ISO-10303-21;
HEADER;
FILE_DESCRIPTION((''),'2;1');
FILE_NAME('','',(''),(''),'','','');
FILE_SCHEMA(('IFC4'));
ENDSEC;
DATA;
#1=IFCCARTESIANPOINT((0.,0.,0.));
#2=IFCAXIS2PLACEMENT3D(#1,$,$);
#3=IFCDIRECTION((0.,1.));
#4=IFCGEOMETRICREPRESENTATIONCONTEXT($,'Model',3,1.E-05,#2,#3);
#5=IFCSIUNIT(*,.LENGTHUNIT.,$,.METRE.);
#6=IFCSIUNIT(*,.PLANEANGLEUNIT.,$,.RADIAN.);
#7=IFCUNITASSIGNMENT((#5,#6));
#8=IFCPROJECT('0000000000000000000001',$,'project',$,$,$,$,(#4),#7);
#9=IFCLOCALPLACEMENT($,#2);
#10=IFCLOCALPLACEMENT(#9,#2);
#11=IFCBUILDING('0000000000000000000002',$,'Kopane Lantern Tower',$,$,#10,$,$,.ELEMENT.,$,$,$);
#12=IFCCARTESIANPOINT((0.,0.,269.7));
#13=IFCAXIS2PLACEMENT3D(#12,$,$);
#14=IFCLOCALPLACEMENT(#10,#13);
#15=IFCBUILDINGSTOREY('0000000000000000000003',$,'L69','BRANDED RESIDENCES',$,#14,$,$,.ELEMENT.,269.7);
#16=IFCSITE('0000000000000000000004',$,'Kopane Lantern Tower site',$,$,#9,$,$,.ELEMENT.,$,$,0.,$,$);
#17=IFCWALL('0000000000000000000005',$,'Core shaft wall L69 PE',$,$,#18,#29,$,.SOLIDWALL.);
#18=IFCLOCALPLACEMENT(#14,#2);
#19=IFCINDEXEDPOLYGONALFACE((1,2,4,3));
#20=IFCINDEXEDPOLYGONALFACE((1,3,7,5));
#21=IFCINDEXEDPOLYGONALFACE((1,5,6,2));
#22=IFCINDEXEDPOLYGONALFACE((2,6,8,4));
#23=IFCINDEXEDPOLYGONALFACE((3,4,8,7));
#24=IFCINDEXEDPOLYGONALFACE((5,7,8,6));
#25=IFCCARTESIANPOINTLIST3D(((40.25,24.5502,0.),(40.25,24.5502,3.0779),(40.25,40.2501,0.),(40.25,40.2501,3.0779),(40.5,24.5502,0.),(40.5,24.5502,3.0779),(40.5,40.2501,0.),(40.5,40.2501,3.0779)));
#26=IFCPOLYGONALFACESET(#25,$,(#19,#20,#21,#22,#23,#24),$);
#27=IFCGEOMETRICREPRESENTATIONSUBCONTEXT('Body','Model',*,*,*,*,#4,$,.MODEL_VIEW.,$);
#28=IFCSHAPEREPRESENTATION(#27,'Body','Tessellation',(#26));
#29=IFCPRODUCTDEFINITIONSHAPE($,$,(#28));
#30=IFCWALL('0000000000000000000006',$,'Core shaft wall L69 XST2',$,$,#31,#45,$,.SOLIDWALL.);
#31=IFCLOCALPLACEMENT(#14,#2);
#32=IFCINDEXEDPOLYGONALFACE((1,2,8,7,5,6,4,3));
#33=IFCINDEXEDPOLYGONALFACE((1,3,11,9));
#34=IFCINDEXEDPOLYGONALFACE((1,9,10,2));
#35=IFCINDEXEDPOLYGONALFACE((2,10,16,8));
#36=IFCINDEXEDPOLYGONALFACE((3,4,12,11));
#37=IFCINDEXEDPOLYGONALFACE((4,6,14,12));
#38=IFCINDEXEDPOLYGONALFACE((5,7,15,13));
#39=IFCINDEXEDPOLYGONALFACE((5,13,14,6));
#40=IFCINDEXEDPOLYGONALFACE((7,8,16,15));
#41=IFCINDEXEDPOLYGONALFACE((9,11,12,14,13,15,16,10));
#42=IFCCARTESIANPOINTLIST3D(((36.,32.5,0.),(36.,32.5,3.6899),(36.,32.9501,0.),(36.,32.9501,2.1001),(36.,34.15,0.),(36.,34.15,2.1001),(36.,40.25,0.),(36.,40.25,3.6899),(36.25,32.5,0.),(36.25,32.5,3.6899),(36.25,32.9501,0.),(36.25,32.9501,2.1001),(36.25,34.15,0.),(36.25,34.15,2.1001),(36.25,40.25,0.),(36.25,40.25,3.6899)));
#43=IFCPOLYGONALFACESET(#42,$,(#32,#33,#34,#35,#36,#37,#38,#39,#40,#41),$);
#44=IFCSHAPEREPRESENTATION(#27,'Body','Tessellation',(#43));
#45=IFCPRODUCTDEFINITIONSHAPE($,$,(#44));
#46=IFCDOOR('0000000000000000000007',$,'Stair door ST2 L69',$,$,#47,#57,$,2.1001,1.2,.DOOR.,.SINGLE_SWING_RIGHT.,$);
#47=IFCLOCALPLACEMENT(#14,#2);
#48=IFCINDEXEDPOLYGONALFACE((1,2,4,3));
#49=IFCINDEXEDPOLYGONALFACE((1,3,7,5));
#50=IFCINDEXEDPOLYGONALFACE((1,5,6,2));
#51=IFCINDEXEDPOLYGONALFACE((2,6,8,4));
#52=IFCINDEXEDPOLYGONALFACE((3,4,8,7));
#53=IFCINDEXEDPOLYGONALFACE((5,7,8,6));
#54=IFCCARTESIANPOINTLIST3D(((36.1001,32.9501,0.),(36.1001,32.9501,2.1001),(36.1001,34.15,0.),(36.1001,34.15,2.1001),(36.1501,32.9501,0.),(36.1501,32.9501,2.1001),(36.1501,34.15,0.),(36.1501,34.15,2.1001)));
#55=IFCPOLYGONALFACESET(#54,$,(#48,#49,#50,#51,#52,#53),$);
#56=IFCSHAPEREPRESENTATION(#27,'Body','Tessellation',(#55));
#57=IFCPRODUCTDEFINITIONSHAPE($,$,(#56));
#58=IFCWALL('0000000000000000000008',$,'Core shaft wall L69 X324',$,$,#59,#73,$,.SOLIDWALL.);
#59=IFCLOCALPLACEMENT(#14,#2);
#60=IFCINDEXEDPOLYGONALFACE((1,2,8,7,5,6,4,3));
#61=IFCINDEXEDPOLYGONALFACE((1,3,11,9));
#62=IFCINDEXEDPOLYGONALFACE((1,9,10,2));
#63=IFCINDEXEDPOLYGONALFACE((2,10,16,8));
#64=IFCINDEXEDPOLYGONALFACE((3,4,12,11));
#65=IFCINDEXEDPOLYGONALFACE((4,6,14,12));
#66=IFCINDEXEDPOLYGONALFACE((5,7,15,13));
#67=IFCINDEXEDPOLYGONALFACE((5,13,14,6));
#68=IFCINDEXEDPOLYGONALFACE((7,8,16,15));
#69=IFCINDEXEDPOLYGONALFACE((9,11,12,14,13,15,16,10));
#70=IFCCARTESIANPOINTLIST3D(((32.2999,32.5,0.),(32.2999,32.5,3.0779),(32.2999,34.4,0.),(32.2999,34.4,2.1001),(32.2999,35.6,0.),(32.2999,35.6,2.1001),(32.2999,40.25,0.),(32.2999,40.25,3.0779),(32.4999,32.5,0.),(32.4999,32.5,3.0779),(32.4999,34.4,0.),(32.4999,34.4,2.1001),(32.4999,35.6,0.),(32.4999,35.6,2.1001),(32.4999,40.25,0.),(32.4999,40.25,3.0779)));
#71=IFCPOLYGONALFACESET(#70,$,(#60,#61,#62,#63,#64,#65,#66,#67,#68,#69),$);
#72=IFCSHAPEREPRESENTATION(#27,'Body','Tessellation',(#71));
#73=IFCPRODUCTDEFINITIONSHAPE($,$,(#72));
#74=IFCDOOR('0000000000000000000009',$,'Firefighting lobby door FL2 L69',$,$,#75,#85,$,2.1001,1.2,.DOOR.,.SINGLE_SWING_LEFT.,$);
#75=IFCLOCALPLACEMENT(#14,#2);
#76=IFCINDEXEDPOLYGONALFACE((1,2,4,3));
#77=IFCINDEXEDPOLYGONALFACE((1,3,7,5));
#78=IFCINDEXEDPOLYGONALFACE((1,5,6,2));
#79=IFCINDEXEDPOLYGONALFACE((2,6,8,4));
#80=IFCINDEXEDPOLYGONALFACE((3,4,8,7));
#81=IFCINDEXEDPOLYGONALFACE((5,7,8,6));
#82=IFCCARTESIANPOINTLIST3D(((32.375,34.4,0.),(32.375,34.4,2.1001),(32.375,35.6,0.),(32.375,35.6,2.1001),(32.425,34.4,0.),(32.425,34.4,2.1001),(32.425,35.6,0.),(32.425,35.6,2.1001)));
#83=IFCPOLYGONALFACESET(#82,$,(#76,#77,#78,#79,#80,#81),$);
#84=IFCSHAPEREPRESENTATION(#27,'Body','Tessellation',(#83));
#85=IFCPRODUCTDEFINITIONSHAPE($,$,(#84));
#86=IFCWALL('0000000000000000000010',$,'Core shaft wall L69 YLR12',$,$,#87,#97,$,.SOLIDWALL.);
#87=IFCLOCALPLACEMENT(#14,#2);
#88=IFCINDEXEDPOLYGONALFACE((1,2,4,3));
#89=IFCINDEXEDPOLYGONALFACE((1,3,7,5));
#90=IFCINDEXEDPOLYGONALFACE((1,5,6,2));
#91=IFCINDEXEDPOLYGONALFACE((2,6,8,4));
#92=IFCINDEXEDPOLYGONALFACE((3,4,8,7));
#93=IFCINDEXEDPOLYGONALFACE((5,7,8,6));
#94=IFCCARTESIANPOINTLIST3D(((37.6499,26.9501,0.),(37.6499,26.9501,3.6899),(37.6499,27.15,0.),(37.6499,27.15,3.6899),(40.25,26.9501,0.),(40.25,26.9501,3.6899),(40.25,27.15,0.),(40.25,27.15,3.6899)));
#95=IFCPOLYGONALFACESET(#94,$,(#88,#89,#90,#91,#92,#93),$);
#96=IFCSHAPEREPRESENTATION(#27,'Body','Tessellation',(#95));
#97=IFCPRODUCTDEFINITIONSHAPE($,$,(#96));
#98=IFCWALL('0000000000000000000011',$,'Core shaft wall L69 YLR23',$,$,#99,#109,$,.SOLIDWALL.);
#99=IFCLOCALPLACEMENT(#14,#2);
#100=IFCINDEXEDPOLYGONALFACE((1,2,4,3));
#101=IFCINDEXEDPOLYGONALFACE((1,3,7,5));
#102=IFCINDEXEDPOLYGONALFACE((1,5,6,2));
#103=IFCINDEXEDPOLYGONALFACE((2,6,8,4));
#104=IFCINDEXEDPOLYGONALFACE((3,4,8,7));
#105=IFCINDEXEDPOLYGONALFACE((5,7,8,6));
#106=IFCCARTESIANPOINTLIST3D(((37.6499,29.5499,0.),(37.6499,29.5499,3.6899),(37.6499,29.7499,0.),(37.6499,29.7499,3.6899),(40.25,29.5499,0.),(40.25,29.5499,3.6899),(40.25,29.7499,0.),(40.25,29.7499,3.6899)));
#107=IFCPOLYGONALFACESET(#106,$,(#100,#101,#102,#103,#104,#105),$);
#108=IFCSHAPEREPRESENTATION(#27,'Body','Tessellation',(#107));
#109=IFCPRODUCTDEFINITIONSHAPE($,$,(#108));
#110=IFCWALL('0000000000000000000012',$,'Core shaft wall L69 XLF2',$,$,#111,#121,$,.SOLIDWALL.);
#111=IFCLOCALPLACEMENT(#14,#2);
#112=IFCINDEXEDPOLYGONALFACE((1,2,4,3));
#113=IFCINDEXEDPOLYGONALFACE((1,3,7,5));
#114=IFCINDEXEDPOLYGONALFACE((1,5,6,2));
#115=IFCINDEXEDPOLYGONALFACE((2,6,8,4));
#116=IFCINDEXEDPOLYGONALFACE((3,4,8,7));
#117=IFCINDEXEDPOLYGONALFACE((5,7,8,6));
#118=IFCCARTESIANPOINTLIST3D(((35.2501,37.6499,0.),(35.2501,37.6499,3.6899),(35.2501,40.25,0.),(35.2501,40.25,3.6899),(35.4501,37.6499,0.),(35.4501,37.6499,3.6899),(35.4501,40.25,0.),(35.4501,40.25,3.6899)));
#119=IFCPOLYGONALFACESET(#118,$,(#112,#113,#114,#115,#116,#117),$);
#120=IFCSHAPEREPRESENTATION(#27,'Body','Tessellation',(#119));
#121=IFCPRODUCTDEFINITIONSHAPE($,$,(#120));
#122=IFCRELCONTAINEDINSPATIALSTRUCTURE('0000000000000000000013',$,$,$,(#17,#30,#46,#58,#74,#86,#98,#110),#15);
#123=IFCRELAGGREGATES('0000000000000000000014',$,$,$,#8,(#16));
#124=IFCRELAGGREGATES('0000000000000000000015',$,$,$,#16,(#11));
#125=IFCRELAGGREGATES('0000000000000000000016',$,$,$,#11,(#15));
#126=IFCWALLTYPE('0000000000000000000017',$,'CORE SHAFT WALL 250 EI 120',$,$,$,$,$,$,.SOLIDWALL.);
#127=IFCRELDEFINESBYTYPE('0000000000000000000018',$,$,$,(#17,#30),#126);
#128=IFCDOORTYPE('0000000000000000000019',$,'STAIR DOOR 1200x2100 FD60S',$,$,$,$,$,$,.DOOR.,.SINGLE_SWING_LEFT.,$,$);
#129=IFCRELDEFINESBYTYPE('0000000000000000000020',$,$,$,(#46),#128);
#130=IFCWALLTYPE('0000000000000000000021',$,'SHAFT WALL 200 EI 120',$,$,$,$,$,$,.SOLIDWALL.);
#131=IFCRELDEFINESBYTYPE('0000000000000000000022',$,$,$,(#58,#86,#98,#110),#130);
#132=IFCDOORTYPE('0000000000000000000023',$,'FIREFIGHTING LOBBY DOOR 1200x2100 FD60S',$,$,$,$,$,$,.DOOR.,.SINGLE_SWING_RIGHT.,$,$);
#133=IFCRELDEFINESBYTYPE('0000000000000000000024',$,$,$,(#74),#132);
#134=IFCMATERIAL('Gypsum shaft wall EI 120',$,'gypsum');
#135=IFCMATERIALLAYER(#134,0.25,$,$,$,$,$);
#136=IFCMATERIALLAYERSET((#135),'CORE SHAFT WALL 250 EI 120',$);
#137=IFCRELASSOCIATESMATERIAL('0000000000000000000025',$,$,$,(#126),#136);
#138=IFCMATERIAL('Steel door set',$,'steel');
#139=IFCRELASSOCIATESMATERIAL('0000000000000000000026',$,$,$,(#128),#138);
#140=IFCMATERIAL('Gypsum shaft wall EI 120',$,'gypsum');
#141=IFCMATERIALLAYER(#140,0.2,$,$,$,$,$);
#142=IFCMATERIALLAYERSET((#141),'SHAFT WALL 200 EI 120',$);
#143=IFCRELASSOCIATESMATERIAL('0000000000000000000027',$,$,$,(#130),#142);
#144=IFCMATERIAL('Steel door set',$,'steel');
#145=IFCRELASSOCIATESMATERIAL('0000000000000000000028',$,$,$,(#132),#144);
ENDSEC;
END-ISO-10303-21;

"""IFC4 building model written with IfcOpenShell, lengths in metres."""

from ifc_helpers import new_model, si_unit, direction, frame, frame_2d, origin, place, context, subcontext, project, spatial, rectangle, extrude, material, layer, layer_set, type_object, element, fill, save


model = new_model("IFC4")

# Units and contexts
model_context = context("Model", 3, precision=1e-05, world=origin(), true_north=direction((0.0, 1.0)))
body_context = subcontext(model_context, "Body", "Model", "MODEL_VIEW")
ifc_project = project(units=[si_unit("LENGTHUNIT", "METRE"), si_unit("PLANEANGLEUNIT", "RADIAN")], contexts=[model_context])

# Site, building, storey
site_placement = place(None, origin())
site = spatial("IfcSite", under=ifc_project, at=site_placement, Name="Kopane Lantern Tower site", CompositionType="ELEMENT", RefElevation=0.0)
building_placement = place(site_placement, origin())
building = spatial("IfcBuilding", under=site, at=building_placement, Name="Kopane Lantern Tower", CompositionType="ELEMENT")
storey_placement = place(building_placement, frame((0.0, 0.0, 269.7)))
storey = spatial("IfcBuildingStorey", under=building, at=storey_placement, Name="L69", Description="BRANDED RESIDENCES", CompositionType="ELEMENT", Elevation=269.7)

# Wall
ifc_material_1 = material(Name="Gypsum shaft wall EI 120", Category="gypsum")
ifc_layer_1 = layer(ifc_material_1, 0.25)
ifc_layer_set_1 = layer_set([ifc_layer_1], Name="CORE SHAFT WALL 250 EI 120")
wall_type_1 = type_object("IfcWallType", Name="CORE SHAFT WALL 250 EI 120", PredefinedType="SOLIDWALL", material=ifc_layer_set_1)
wall_1_placement = place(storey_placement, frame((40.375, 24.55, 0.0), z_axis=(0.0, 0.0, 1.0), x_axis=(0.0, 1.0, 0.0)))
element("IfcWall", 1, at=wall_1_placement, inside=storey, type_object=wall_type_1, Name="Core shaft wall L69 PE", PredefinedType="SOLIDWALL", context=body_context, shape_type="SweptSolid", body=[
    extrude(rectangle(XDim=15.7, YDim=0.25, at=frame_2d((7.8501, 0.0))), origin(), (0.0, 0.0, 1.0), 3.0779),
])

# Walls, openings, doors
wall_2_placement = place(storey_placement, frame((36.125, 32.5, 0.0), z_axis=(0.0, 0.0, 1.0), x_axis=(0.0, 1.0, 0.0)))
wall_2 = element("IfcWall", 2, at=wall_2_placement, inside=storey, type_object=wall_type_1, Name="Core shaft wall L69 XST2", PredefinedType="SOLIDWALL", context=body_context, shape_type="SweptSolid", body=[
    extrude(rectangle(XDim=7.75, YDim=0.25, at=frame_2d((3.875, 0.0))), origin(), (0.0, 0.0, 1.0), 3.6899),
])
opening_1_placement = place(wall_2_placement, frame((0.45, 0.0, 0.0)))
opening_1 = element("IfcOpeningElement", 3, at=opening_1_placement, cuts=wall_2, PredefinedType="OPENING", context=body_context, shape_type="SweptSolid", body=[
    extrude(rectangle(XDim=1.2, YDim=2.1001, at=frame_2d((0.6001, 1.05))), frame((0.0, 0.135, 0.0), z_axis=(0.0, -1.0, 0.0), x_axis=(1.0, 0.0, 0.0)), (0.0, 0.0, 1.0), 0.27),
])
ifc_material_2 = material(Name="Steel door set", Category="steel")
door_type_1 = type_object("IfcDoorType", Name="STAIR DOOR 1200x2100 FD60S", OperationType="SINGLE_SWING_LEFT", PredefinedType="DOOR", material=ifc_material_2)
door_1_placement = place(opening_1_placement, origin())
door_1 = element("IfcDoor", 4, at=door_1_placement, inside=storey, type_object=door_type_1, Name="Stair door ST2 L69", OperationType="SINGLE_SWING_RIGHT", OverallHeight=2.1001, OverallWidth=1.2, PredefinedType="DOOR", context=body_context, shape_type="SweptSolid", body=[
    extrude(rectangle(XDim=1.2, YDim=2.1001, at=frame_2d((0.6001, 1.05))), frame((0.0, 0.0249, 0.0), z_axis=(0.0, -1.0, 0.0), x_axis=(1.0, 0.0, 0.0)), (0.0, 0.0, 1.0), 0.05),
])
fill(opening_1, door_1)
ifc_material_3 = material(Name="Gypsum shaft wall EI 120", Category="gypsum")
ifc_layer_2 = layer(ifc_material_3, 0.2)
ifc_layer_set_2 = layer_set([ifc_layer_2], Name="SHAFT WALL 200 EI 120")
wall_type_2 = type_object("IfcWallType", Name="SHAFT WALL 200 EI 120", PredefinedType="SOLIDWALL", material=ifc_layer_set_2)
wall_3_placement = place(storey_placement, frame((32.3999, 32.5, 0.0), z_axis=(0.0, 0.0, 1.0), x_axis=(0.0, 1.0, 0.0)))
wall_3 = element("IfcWall", 5, at=wall_3_placement, inside=storey, type_object=wall_type_2, Name="Core shaft wall L69 X324", PredefinedType="SOLIDWALL", context=body_context, shape_type="SweptSolid", body=[
    extrude(rectangle(XDim=7.75, YDim=0.2, at=frame_2d((3.875, 0.0))), origin(), (0.0, 0.0, 1.0), 3.0779),
])
opening_2_placement = place(wall_3_placement, frame((1.8999, 0.0, 0.0)))
opening_2 = element("IfcOpeningElement", 6, at=opening_2_placement, cuts=wall_3, PredefinedType="OPENING", context=body_context, shape_type="SweptSolid", body=[
    extrude(rectangle(XDim=1.2, YDim=2.1001, at=frame_2d((0.6001, 1.05))), frame((0.0, 0.1099, 0.0), z_axis=(0.0, -1.0, 0.0), x_axis=(1.0, 0.0, 0.0)), (0.0, 0.0, 1.0), 0.22),
])
ifc_material_4 = material(Name="Steel door set", Category="steel")
door_type_2 = type_object("IfcDoorType", Name="FIREFIGHTING LOBBY DOOR 1200x2100 FD60S", OperationType="SINGLE_SWING_RIGHT", PredefinedType="DOOR", material=ifc_material_4)
door_2_placement = place(opening_2_placement, origin())
door_2 = element("IfcDoor", 7, at=door_2_placement, inside=storey, type_object=door_type_2, Name="Firefighting lobby door FL2 L69", OperationType="SINGLE_SWING_LEFT", OverallHeight=2.1001, OverallWidth=1.2, PredefinedType="DOOR", context=body_context, shape_type="SweptSolid", body=[
    extrude(rectangle(XDim=1.2, YDim=2.1001, at=frame_2d((0.6001, 1.05))), frame((0.0, 0.0249, 0.0), z_axis=(0.0, -1.0, 0.0), x_axis=(1.0, 0.0, 0.0)), (0.0, 0.0, 1.0), 0.05),
])
fill(opening_2, door_2)

# Walls
for number, where, z_axis, x_axis, name in (
    (8, (37.6499, 27.05, 0.0), (0.0, 0.0, 1.0), (1.0, 0.0, 0.0), "Core shaft wall L69 YLR12"),
    (9, (37.6499, 29.6499, 0.0), (0.0, 0.0, 1.0), (1.0, 0.0, 0.0), "Core shaft wall L69 YLR23"),
    (10, (35.3501, 37.6499, 0.0), (0.0, 0.0, 1.0), (0.0, 1.0, 0.0), "Core shaft wall L69 XLF2"),
):
    element("IfcWall", number, at=place(storey_placement, frame(where, z_axis=z_axis, x_axis=x_axis)), inside=storey, type_object=wall_type_2, Name=name, PredefinedType="SOLIDWALL", context=body_context, shape_type="SweptSolid", body=[
        extrude(rectangle(XDim=2.6001, YDim=0.2, at=frame_2d((1.3, 0.0))), origin(), (0.0, 0.0, 1.0), 3.6899),
    ])

save(model, "model.ifc")
